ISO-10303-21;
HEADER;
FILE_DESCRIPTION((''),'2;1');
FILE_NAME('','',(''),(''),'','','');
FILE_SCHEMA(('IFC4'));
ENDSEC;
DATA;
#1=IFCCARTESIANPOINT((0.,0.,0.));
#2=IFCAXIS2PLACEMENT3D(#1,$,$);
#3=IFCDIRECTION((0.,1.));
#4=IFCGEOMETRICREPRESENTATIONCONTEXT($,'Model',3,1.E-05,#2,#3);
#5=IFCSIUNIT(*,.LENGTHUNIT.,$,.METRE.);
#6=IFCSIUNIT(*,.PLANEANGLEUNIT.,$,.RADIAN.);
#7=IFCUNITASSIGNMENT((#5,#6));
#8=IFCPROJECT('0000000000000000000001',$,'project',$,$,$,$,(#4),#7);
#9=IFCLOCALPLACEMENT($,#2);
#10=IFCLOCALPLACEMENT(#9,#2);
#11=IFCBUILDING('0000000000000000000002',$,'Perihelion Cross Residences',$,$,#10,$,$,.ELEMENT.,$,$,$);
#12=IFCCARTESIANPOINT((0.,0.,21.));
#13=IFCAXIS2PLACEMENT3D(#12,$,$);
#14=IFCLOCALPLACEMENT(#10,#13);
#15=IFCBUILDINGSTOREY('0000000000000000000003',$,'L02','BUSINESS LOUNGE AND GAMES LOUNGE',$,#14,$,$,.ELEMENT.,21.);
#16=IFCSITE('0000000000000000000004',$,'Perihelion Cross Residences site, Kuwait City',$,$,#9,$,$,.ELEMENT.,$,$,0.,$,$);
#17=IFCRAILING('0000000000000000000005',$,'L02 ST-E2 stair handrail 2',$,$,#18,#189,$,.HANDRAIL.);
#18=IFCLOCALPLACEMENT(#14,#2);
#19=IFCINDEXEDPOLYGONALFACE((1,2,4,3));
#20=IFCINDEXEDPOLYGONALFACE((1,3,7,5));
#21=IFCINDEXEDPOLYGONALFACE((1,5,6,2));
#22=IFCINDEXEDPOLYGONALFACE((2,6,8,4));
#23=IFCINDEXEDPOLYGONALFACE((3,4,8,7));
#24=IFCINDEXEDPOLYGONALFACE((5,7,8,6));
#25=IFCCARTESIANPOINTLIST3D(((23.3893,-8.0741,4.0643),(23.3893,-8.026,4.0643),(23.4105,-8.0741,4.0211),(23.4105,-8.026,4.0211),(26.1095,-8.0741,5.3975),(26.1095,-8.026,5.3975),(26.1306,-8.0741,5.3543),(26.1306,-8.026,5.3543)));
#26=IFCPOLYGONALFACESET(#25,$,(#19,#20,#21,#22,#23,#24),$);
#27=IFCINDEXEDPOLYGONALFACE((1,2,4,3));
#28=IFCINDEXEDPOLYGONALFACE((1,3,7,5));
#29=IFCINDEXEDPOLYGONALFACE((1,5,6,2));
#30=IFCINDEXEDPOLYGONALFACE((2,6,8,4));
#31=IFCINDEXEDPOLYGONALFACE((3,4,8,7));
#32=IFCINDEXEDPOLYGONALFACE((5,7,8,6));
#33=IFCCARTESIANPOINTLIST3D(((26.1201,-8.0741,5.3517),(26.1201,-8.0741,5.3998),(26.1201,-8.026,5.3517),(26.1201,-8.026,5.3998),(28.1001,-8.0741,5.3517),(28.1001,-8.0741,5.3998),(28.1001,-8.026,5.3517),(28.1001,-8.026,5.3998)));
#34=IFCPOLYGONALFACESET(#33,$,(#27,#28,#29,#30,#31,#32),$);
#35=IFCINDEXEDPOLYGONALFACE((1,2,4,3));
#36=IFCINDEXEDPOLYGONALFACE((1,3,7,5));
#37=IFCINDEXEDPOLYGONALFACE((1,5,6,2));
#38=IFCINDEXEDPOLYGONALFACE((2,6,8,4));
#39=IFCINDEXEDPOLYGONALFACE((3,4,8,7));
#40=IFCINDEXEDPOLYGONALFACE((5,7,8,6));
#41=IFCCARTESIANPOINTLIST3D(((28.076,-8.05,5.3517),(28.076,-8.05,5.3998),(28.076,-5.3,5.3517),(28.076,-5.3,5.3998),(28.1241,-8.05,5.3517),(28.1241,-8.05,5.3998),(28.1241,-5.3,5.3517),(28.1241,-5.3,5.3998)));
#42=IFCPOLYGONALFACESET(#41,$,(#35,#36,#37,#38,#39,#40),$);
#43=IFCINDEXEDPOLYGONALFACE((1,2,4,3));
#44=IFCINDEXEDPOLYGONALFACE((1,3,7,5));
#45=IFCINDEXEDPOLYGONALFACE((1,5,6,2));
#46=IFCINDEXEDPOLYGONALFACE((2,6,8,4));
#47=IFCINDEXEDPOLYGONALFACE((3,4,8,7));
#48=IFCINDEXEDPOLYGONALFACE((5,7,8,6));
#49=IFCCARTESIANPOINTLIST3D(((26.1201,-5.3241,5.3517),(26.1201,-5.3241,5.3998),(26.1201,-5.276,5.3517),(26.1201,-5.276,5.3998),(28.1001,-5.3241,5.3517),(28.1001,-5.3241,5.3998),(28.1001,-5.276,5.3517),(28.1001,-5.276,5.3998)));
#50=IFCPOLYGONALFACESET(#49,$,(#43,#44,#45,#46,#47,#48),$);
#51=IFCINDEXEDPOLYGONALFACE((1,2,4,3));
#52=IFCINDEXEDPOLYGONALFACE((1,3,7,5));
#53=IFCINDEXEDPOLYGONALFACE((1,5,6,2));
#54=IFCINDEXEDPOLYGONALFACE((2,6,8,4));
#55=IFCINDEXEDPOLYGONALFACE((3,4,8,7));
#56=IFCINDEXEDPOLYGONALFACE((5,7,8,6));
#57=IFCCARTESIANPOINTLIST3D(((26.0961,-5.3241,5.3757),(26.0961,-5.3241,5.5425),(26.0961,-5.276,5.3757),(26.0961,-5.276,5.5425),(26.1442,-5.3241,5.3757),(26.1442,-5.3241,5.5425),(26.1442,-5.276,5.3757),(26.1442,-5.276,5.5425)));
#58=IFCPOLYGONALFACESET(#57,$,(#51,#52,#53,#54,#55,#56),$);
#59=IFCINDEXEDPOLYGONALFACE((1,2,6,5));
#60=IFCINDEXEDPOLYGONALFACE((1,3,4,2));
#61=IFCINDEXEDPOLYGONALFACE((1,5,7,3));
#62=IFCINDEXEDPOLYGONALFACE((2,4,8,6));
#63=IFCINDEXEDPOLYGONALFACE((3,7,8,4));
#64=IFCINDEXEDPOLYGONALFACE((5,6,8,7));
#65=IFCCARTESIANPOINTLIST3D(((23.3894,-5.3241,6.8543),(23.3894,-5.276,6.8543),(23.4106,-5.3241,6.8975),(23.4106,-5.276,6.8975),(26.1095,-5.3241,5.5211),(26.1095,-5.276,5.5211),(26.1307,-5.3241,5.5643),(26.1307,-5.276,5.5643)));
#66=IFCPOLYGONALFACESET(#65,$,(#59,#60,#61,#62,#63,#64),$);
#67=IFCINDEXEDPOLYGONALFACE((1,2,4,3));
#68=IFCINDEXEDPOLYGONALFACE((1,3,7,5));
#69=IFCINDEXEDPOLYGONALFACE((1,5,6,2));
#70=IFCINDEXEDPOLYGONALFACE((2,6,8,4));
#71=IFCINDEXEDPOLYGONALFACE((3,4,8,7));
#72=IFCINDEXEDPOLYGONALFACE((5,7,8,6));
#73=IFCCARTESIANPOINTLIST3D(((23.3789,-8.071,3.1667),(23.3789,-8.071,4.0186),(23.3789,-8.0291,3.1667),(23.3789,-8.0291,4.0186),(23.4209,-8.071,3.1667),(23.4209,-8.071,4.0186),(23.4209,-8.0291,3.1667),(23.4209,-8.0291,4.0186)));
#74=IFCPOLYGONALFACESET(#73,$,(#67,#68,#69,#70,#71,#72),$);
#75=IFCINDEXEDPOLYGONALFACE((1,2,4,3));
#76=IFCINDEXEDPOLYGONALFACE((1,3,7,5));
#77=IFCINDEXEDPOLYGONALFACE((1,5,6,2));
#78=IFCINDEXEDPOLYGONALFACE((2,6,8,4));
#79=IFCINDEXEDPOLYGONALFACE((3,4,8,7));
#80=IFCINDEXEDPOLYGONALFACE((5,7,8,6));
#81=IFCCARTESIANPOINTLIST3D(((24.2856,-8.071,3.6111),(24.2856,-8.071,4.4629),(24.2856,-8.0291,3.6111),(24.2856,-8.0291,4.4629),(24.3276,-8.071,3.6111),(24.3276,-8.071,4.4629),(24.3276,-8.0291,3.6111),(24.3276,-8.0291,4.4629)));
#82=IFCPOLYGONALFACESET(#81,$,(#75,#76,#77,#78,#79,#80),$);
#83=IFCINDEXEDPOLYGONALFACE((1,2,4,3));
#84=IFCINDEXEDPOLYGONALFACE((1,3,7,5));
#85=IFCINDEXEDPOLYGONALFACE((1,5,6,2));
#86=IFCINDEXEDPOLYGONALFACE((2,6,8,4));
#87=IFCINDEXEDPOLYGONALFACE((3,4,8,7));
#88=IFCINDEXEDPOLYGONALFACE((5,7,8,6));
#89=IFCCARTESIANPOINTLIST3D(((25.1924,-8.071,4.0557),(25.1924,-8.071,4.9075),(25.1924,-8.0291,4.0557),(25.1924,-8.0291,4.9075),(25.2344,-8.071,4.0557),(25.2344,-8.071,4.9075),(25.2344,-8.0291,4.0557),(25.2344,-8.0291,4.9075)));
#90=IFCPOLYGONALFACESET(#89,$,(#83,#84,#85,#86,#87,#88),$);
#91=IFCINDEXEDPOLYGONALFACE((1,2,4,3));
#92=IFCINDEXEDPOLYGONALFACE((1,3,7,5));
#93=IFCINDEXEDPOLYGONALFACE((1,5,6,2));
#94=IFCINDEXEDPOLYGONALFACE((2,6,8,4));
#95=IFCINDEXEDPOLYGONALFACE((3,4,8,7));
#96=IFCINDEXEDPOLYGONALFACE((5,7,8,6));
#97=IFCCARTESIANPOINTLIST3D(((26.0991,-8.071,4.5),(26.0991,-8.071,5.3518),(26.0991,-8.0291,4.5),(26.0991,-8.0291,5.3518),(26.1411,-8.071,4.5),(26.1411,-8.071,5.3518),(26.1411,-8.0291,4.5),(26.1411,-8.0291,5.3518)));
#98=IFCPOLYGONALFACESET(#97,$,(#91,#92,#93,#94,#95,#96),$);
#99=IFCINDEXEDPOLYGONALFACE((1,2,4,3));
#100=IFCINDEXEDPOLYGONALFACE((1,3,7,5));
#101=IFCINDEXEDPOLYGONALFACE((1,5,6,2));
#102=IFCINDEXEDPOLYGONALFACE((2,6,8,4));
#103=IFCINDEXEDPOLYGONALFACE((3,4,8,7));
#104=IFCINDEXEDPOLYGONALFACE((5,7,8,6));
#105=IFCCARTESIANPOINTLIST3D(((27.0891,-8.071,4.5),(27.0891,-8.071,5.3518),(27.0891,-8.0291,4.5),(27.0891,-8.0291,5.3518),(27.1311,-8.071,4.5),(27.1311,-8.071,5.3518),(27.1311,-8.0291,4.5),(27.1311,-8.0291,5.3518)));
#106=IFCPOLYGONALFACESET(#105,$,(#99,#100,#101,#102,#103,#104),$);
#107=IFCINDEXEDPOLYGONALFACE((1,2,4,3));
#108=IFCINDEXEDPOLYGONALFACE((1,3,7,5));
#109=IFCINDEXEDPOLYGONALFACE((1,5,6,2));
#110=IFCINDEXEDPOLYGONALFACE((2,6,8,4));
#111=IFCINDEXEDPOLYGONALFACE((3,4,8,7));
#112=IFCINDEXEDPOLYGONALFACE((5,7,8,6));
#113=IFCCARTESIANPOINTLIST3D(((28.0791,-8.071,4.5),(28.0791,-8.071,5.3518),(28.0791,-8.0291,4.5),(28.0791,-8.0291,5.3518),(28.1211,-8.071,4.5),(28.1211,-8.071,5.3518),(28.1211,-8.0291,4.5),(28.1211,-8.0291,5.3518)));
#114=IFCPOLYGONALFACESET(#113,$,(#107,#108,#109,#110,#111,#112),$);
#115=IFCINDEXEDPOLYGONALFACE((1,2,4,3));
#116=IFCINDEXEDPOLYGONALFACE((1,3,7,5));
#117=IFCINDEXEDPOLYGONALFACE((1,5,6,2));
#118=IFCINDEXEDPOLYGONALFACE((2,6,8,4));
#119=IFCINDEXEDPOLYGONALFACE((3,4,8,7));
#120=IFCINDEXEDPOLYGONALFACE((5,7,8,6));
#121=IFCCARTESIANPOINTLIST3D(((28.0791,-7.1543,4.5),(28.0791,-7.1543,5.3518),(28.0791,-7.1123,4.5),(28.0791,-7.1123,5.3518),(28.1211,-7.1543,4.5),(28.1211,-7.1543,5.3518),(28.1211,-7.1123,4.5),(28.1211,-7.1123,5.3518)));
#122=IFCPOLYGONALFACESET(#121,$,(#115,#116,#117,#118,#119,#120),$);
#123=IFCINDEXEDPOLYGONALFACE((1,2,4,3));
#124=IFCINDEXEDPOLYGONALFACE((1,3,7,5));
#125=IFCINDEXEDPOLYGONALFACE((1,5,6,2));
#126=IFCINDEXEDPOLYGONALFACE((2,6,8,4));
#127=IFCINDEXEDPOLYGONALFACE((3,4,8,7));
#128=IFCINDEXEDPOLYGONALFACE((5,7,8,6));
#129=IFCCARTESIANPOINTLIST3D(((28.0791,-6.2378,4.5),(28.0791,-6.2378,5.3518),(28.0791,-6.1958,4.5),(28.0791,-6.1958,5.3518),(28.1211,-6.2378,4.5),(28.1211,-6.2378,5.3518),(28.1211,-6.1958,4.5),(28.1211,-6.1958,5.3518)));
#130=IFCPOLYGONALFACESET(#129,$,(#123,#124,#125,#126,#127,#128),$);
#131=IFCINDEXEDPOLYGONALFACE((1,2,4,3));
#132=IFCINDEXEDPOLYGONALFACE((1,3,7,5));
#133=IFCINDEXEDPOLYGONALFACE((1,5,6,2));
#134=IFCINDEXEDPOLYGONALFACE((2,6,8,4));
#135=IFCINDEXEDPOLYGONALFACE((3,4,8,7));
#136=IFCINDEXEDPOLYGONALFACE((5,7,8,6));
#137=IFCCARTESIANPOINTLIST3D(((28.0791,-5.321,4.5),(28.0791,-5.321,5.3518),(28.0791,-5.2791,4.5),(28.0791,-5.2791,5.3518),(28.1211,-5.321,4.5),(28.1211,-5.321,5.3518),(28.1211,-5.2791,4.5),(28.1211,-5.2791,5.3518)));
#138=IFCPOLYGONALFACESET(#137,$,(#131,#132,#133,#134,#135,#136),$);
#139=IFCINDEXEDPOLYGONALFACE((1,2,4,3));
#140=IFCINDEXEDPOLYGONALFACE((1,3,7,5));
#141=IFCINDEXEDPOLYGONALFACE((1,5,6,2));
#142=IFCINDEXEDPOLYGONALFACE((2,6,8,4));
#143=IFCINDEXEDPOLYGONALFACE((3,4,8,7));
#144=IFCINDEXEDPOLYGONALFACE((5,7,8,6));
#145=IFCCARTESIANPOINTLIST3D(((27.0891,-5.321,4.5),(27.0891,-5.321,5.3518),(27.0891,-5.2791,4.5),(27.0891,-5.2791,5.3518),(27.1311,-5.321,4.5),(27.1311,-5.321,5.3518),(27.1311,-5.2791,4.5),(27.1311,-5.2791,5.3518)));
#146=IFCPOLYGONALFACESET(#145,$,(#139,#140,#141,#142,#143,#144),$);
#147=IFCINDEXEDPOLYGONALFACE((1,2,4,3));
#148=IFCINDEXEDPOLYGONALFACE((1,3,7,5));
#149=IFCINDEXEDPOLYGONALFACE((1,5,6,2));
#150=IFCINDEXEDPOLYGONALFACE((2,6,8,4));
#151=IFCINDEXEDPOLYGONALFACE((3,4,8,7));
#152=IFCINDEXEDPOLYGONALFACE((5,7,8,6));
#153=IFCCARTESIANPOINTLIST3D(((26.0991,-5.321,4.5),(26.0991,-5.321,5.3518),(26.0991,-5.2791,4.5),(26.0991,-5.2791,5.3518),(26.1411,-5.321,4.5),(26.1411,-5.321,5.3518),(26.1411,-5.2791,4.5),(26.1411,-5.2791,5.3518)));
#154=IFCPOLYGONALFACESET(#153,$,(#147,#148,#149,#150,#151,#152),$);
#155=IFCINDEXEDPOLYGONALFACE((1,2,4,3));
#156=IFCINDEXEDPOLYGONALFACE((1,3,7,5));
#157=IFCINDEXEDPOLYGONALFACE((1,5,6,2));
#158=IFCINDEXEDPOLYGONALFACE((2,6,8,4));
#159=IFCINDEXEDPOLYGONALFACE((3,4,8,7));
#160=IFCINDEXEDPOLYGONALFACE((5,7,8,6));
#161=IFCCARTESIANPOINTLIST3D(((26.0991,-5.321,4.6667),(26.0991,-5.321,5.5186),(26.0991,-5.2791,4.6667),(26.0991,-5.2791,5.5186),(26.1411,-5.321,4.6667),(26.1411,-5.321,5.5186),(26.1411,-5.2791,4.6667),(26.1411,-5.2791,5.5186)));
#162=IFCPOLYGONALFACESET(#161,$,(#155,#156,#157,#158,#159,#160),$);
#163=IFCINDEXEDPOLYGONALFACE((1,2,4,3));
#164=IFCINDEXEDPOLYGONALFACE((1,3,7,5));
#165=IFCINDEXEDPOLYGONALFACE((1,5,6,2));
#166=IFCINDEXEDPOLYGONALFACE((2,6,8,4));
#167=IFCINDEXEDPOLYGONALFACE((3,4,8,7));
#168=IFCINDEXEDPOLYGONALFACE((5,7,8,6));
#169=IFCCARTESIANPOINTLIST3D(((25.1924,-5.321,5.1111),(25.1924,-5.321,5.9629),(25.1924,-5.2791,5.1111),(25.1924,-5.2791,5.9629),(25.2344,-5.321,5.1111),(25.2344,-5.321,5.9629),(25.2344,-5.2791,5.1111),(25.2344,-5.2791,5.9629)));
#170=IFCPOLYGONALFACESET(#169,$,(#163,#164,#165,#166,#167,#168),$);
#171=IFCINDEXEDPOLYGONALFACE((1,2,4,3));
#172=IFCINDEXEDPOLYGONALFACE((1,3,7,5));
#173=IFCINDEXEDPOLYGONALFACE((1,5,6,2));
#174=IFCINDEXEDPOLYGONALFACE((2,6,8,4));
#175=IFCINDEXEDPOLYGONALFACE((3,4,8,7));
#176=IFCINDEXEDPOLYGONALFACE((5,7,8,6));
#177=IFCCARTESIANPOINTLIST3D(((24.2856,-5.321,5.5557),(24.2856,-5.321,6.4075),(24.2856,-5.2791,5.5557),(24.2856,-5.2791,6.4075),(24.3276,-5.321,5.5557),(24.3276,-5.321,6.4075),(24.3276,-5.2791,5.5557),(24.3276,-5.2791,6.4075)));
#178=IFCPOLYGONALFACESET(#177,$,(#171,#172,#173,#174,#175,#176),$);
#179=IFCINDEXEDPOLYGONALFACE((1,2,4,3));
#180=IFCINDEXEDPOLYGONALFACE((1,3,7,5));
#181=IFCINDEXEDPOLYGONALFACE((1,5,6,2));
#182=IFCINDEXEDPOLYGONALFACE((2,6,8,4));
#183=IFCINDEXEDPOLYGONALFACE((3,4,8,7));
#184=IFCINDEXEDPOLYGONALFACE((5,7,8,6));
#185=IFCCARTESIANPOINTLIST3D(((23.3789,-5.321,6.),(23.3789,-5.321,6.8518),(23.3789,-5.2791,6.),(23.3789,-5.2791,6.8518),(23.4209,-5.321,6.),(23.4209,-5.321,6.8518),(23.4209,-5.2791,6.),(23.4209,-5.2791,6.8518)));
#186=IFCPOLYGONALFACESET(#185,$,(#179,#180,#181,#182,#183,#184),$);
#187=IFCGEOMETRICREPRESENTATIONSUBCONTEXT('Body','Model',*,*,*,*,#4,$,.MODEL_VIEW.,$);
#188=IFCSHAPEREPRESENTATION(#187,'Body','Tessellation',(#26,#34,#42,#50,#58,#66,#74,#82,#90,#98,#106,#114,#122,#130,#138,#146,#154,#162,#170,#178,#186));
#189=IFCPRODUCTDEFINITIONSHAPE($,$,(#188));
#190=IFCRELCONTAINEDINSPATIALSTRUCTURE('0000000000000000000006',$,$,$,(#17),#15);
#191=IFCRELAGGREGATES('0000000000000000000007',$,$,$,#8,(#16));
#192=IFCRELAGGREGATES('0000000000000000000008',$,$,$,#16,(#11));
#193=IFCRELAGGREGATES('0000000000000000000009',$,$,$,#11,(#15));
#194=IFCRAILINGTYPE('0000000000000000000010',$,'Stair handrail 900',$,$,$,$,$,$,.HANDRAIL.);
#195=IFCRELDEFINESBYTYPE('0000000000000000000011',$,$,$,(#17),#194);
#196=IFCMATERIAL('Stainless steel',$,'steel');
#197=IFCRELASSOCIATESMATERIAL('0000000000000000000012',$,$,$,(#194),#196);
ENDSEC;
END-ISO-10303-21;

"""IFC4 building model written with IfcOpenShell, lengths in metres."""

from ifc_helpers import new_model, si_unit, direction, frame, origin, origin_2d, place, context, subcontext, project, spatial, rectangle, extrude, material, type_object, element, save


model = new_model("IFC4")

# Units and contexts
model_context = context("Model", 3, precision=1e-05, world=origin(), true_north=direction((0.0, 1.0)))
body_context = subcontext(model_context, "Body", "Model", "MODEL_VIEW")
ifc_project = project(units=[si_unit("LENGTHUNIT", "METRE"), si_unit("PLANEANGLEUNIT", "RADIAN")], contexts=[model_context])

# Site, building, storey
site_placement = place(None, origin())
site = spatial("IfcSite", under=ifc_project, at=site_placement, Name="Perihelion Cross Residences site, Kuwait City", CompositionType="ELEMENT", RefElevation=0.0)
building_placement = place(site_placement, origin())
building = spatial("IfcBuilding", under=site, at=building_placement, Name="Perihelion Cross Residences", CompositionType="ELEMENT")
storey_placement = place(building_placement, frame((0.0, 0.0, 21.0)))
storey = spatial("IfcBuildingStorey", under=building, at=storey_placement, Name="L02", Description="BUSINESS LOUNGE AND GAMES LOUNGE", CompositionType="ELEMENT", Elevation=21.0)

# Railing
ifc_material_1 = material(Name="Stainless steel", Category="steel")
railing_type_1 = type_object("IfcRailingType", Name="Stair handrail 900", PredefinedType="HANDRAIL", material=ifc_material_1)
railing_1_placement = place(storey_placement, frame((23.3999, -8.05, 3.1667)))
element("IfcRailing", 1, at=railing_1_placement, inside=storey, type_object=railing_type_1, Name="L02 ST-E2 stair handrail 2", PredefinedType="HANDRAIL", context=body_context, shape_type="SweptSolid", body=[
    extrude(rectangle(XDim=0.0481, YDim=0.0481, at=origin_2d()), frame((0.0, 0.0, 0.876), z_axis=(0.897945, 0.0, 0.440108), x_axis=(0.0, 1.0, 0.0)), (0.0, 0.0, 1.0), 3.0293),
    extrude(rectangle(XDim=0.0481, YDim=0.0481, at=origin_2d()), frame((2.7202, 0.0, 2.209), z_axis=(1.0, 0.0, 0.0), x_axis=(0.0, 1.0, 0.0)), (0.0, 0.0, 1.0), 1.98),
    extrude(rectangle(XDim=0.0481, YDim=0.0481, at=origin_2d()), frame((4.7002, 0.0, 2.209), z_axis=(0.0, 1.0, 0.0), x_axis=(-1.0, 0.0, 0.0)), (0.0, 0.0, 1.0), 2.75),
    extrude(rectangle(XDim=0.0481, YDim=0.0481, at=origin_2d()), frame((4.7002, 2.75, 2.209), z_axis=(-1.0, 0.0, 0.0), x_axis=(0.0, -1.0, 0.0)), (0.0, 0.0, 1.0), 1.98),
    extrude(rectangle(XDim=0.0481, YDim=0.0481, at=origin_2d()), frame((2.7202, 2.75, 2.209), z_axis=(0.0, 0.0, 1.0), x_axis=(1.0, 0.0, 0.0)), (0.0, 0.0, 1.0), 0.1667),
    extrude(rectangle(XDim=0.0481, YDim=0.0481, at=origin_2d()), frame((2.7202, 2.75, 2.376), z_axis=(-0.897945, 0.0, 0.440108), x_axis=(0.0, -1.0, 0.0)), (0.0, 0.0, 1.0), 3.0293),
    extrude(rectangle(XDim=0.042, YDim=0.042, at=origin_2d()), origin(), (0.0, 0.0, 1.0), 0.8518),
    extrude(rectangle(XDim=0.042, YDim=0.042, at=origin_2d()), frame((0.9067, 0.0, 0.4443)), (0.0, 0.0, 1.0), 0.8518),
    extrude(rectangle(XDim=0.042, YDim=0.042, at=origin_2d()), frame((1.8135, 0.0, 0.8889)), (0.0, 0.0, 1.0), 0.8518),
    extrude(rectangle(XDim=0.042, YDim=0.042, at=origin_2d()), frame((2.7202, 0.0, 1.3333)), (0.0, 0.0, 1.0), 0.8518),
    extrude(rectangle(XDim=0.042, YDim=0.042, at=origin_2d()), frame((3.7102, 0.0, 1.3333)), (0.0, 0.0, 1.0), 0.8518),
    extrude(rectangle(XDim=0.042, YDim=0.042, at=origin_2d()), frame((4.7002, 0.0, 1.3333)), (0.0, 0.0, 1.0), 0.8518),
    extrude(rectangle(XDim=0.042, YDim=0.042, at=origin_2d()), frame((4.7002, 0.9167, 1.3333)), (0.0, 0.0, 1.0), 0.8518),
    extrude(rectangle(XDim=0.042, YDim=0.042, at=origin_2d()), frame((4.7002, 1.8333, 1.3333)), (0.0, 0.0, 1.0), 0.8518),
    extrude(rectangle(XDim=0.042, YDim=0.042, at=origin_2d()), frame((4.7002, 2.75, 1.3333)), (0.0, 0.0, 1.0), 0.8518),
    extrude(rectangle(XDim=0.042, YDim=0.042, at=origin_2d()), frame((3.7102, 2.75, 1.3333)), (0.0, 0.0, 1.0), 0.8518),
    extrude(rectangle(XDim=0.042, YDim=0.042, at=origin_2d()), frame((2.7202, 2.75, 1.3333)), (0.0, 0.0, 1.0), 0.8518),
    extrude(rectangle(XDim=0.042, YDim=0.042, at=origin_2d()), frame((2.7202, 2.75, 1.5)), (0.0, 0.0, 1.0), 0.8518),
    extrude(rectangle(XDim=0.042, YDim=0.042, at=origin_2d()), frame((1.8135, 2.75, 1.9443)), (0.0, 0.0, 1.0), 0.8518),
    extrude(rectangle(XDim=0.042, YDim=0.042, at=origin_2d()), frame((0.9067, 2.75, 2.3889)), (0.0, 0.0, 1.0), 0.8518),
    extrude(rectangle(XDim=0.042, YDim=0.042, at=origin_2d()), frame((0.0, 2.75, 2.8333)), (0.0, 0.0, 1.0), 0.8518),
])

save(model, "model.ifc")
